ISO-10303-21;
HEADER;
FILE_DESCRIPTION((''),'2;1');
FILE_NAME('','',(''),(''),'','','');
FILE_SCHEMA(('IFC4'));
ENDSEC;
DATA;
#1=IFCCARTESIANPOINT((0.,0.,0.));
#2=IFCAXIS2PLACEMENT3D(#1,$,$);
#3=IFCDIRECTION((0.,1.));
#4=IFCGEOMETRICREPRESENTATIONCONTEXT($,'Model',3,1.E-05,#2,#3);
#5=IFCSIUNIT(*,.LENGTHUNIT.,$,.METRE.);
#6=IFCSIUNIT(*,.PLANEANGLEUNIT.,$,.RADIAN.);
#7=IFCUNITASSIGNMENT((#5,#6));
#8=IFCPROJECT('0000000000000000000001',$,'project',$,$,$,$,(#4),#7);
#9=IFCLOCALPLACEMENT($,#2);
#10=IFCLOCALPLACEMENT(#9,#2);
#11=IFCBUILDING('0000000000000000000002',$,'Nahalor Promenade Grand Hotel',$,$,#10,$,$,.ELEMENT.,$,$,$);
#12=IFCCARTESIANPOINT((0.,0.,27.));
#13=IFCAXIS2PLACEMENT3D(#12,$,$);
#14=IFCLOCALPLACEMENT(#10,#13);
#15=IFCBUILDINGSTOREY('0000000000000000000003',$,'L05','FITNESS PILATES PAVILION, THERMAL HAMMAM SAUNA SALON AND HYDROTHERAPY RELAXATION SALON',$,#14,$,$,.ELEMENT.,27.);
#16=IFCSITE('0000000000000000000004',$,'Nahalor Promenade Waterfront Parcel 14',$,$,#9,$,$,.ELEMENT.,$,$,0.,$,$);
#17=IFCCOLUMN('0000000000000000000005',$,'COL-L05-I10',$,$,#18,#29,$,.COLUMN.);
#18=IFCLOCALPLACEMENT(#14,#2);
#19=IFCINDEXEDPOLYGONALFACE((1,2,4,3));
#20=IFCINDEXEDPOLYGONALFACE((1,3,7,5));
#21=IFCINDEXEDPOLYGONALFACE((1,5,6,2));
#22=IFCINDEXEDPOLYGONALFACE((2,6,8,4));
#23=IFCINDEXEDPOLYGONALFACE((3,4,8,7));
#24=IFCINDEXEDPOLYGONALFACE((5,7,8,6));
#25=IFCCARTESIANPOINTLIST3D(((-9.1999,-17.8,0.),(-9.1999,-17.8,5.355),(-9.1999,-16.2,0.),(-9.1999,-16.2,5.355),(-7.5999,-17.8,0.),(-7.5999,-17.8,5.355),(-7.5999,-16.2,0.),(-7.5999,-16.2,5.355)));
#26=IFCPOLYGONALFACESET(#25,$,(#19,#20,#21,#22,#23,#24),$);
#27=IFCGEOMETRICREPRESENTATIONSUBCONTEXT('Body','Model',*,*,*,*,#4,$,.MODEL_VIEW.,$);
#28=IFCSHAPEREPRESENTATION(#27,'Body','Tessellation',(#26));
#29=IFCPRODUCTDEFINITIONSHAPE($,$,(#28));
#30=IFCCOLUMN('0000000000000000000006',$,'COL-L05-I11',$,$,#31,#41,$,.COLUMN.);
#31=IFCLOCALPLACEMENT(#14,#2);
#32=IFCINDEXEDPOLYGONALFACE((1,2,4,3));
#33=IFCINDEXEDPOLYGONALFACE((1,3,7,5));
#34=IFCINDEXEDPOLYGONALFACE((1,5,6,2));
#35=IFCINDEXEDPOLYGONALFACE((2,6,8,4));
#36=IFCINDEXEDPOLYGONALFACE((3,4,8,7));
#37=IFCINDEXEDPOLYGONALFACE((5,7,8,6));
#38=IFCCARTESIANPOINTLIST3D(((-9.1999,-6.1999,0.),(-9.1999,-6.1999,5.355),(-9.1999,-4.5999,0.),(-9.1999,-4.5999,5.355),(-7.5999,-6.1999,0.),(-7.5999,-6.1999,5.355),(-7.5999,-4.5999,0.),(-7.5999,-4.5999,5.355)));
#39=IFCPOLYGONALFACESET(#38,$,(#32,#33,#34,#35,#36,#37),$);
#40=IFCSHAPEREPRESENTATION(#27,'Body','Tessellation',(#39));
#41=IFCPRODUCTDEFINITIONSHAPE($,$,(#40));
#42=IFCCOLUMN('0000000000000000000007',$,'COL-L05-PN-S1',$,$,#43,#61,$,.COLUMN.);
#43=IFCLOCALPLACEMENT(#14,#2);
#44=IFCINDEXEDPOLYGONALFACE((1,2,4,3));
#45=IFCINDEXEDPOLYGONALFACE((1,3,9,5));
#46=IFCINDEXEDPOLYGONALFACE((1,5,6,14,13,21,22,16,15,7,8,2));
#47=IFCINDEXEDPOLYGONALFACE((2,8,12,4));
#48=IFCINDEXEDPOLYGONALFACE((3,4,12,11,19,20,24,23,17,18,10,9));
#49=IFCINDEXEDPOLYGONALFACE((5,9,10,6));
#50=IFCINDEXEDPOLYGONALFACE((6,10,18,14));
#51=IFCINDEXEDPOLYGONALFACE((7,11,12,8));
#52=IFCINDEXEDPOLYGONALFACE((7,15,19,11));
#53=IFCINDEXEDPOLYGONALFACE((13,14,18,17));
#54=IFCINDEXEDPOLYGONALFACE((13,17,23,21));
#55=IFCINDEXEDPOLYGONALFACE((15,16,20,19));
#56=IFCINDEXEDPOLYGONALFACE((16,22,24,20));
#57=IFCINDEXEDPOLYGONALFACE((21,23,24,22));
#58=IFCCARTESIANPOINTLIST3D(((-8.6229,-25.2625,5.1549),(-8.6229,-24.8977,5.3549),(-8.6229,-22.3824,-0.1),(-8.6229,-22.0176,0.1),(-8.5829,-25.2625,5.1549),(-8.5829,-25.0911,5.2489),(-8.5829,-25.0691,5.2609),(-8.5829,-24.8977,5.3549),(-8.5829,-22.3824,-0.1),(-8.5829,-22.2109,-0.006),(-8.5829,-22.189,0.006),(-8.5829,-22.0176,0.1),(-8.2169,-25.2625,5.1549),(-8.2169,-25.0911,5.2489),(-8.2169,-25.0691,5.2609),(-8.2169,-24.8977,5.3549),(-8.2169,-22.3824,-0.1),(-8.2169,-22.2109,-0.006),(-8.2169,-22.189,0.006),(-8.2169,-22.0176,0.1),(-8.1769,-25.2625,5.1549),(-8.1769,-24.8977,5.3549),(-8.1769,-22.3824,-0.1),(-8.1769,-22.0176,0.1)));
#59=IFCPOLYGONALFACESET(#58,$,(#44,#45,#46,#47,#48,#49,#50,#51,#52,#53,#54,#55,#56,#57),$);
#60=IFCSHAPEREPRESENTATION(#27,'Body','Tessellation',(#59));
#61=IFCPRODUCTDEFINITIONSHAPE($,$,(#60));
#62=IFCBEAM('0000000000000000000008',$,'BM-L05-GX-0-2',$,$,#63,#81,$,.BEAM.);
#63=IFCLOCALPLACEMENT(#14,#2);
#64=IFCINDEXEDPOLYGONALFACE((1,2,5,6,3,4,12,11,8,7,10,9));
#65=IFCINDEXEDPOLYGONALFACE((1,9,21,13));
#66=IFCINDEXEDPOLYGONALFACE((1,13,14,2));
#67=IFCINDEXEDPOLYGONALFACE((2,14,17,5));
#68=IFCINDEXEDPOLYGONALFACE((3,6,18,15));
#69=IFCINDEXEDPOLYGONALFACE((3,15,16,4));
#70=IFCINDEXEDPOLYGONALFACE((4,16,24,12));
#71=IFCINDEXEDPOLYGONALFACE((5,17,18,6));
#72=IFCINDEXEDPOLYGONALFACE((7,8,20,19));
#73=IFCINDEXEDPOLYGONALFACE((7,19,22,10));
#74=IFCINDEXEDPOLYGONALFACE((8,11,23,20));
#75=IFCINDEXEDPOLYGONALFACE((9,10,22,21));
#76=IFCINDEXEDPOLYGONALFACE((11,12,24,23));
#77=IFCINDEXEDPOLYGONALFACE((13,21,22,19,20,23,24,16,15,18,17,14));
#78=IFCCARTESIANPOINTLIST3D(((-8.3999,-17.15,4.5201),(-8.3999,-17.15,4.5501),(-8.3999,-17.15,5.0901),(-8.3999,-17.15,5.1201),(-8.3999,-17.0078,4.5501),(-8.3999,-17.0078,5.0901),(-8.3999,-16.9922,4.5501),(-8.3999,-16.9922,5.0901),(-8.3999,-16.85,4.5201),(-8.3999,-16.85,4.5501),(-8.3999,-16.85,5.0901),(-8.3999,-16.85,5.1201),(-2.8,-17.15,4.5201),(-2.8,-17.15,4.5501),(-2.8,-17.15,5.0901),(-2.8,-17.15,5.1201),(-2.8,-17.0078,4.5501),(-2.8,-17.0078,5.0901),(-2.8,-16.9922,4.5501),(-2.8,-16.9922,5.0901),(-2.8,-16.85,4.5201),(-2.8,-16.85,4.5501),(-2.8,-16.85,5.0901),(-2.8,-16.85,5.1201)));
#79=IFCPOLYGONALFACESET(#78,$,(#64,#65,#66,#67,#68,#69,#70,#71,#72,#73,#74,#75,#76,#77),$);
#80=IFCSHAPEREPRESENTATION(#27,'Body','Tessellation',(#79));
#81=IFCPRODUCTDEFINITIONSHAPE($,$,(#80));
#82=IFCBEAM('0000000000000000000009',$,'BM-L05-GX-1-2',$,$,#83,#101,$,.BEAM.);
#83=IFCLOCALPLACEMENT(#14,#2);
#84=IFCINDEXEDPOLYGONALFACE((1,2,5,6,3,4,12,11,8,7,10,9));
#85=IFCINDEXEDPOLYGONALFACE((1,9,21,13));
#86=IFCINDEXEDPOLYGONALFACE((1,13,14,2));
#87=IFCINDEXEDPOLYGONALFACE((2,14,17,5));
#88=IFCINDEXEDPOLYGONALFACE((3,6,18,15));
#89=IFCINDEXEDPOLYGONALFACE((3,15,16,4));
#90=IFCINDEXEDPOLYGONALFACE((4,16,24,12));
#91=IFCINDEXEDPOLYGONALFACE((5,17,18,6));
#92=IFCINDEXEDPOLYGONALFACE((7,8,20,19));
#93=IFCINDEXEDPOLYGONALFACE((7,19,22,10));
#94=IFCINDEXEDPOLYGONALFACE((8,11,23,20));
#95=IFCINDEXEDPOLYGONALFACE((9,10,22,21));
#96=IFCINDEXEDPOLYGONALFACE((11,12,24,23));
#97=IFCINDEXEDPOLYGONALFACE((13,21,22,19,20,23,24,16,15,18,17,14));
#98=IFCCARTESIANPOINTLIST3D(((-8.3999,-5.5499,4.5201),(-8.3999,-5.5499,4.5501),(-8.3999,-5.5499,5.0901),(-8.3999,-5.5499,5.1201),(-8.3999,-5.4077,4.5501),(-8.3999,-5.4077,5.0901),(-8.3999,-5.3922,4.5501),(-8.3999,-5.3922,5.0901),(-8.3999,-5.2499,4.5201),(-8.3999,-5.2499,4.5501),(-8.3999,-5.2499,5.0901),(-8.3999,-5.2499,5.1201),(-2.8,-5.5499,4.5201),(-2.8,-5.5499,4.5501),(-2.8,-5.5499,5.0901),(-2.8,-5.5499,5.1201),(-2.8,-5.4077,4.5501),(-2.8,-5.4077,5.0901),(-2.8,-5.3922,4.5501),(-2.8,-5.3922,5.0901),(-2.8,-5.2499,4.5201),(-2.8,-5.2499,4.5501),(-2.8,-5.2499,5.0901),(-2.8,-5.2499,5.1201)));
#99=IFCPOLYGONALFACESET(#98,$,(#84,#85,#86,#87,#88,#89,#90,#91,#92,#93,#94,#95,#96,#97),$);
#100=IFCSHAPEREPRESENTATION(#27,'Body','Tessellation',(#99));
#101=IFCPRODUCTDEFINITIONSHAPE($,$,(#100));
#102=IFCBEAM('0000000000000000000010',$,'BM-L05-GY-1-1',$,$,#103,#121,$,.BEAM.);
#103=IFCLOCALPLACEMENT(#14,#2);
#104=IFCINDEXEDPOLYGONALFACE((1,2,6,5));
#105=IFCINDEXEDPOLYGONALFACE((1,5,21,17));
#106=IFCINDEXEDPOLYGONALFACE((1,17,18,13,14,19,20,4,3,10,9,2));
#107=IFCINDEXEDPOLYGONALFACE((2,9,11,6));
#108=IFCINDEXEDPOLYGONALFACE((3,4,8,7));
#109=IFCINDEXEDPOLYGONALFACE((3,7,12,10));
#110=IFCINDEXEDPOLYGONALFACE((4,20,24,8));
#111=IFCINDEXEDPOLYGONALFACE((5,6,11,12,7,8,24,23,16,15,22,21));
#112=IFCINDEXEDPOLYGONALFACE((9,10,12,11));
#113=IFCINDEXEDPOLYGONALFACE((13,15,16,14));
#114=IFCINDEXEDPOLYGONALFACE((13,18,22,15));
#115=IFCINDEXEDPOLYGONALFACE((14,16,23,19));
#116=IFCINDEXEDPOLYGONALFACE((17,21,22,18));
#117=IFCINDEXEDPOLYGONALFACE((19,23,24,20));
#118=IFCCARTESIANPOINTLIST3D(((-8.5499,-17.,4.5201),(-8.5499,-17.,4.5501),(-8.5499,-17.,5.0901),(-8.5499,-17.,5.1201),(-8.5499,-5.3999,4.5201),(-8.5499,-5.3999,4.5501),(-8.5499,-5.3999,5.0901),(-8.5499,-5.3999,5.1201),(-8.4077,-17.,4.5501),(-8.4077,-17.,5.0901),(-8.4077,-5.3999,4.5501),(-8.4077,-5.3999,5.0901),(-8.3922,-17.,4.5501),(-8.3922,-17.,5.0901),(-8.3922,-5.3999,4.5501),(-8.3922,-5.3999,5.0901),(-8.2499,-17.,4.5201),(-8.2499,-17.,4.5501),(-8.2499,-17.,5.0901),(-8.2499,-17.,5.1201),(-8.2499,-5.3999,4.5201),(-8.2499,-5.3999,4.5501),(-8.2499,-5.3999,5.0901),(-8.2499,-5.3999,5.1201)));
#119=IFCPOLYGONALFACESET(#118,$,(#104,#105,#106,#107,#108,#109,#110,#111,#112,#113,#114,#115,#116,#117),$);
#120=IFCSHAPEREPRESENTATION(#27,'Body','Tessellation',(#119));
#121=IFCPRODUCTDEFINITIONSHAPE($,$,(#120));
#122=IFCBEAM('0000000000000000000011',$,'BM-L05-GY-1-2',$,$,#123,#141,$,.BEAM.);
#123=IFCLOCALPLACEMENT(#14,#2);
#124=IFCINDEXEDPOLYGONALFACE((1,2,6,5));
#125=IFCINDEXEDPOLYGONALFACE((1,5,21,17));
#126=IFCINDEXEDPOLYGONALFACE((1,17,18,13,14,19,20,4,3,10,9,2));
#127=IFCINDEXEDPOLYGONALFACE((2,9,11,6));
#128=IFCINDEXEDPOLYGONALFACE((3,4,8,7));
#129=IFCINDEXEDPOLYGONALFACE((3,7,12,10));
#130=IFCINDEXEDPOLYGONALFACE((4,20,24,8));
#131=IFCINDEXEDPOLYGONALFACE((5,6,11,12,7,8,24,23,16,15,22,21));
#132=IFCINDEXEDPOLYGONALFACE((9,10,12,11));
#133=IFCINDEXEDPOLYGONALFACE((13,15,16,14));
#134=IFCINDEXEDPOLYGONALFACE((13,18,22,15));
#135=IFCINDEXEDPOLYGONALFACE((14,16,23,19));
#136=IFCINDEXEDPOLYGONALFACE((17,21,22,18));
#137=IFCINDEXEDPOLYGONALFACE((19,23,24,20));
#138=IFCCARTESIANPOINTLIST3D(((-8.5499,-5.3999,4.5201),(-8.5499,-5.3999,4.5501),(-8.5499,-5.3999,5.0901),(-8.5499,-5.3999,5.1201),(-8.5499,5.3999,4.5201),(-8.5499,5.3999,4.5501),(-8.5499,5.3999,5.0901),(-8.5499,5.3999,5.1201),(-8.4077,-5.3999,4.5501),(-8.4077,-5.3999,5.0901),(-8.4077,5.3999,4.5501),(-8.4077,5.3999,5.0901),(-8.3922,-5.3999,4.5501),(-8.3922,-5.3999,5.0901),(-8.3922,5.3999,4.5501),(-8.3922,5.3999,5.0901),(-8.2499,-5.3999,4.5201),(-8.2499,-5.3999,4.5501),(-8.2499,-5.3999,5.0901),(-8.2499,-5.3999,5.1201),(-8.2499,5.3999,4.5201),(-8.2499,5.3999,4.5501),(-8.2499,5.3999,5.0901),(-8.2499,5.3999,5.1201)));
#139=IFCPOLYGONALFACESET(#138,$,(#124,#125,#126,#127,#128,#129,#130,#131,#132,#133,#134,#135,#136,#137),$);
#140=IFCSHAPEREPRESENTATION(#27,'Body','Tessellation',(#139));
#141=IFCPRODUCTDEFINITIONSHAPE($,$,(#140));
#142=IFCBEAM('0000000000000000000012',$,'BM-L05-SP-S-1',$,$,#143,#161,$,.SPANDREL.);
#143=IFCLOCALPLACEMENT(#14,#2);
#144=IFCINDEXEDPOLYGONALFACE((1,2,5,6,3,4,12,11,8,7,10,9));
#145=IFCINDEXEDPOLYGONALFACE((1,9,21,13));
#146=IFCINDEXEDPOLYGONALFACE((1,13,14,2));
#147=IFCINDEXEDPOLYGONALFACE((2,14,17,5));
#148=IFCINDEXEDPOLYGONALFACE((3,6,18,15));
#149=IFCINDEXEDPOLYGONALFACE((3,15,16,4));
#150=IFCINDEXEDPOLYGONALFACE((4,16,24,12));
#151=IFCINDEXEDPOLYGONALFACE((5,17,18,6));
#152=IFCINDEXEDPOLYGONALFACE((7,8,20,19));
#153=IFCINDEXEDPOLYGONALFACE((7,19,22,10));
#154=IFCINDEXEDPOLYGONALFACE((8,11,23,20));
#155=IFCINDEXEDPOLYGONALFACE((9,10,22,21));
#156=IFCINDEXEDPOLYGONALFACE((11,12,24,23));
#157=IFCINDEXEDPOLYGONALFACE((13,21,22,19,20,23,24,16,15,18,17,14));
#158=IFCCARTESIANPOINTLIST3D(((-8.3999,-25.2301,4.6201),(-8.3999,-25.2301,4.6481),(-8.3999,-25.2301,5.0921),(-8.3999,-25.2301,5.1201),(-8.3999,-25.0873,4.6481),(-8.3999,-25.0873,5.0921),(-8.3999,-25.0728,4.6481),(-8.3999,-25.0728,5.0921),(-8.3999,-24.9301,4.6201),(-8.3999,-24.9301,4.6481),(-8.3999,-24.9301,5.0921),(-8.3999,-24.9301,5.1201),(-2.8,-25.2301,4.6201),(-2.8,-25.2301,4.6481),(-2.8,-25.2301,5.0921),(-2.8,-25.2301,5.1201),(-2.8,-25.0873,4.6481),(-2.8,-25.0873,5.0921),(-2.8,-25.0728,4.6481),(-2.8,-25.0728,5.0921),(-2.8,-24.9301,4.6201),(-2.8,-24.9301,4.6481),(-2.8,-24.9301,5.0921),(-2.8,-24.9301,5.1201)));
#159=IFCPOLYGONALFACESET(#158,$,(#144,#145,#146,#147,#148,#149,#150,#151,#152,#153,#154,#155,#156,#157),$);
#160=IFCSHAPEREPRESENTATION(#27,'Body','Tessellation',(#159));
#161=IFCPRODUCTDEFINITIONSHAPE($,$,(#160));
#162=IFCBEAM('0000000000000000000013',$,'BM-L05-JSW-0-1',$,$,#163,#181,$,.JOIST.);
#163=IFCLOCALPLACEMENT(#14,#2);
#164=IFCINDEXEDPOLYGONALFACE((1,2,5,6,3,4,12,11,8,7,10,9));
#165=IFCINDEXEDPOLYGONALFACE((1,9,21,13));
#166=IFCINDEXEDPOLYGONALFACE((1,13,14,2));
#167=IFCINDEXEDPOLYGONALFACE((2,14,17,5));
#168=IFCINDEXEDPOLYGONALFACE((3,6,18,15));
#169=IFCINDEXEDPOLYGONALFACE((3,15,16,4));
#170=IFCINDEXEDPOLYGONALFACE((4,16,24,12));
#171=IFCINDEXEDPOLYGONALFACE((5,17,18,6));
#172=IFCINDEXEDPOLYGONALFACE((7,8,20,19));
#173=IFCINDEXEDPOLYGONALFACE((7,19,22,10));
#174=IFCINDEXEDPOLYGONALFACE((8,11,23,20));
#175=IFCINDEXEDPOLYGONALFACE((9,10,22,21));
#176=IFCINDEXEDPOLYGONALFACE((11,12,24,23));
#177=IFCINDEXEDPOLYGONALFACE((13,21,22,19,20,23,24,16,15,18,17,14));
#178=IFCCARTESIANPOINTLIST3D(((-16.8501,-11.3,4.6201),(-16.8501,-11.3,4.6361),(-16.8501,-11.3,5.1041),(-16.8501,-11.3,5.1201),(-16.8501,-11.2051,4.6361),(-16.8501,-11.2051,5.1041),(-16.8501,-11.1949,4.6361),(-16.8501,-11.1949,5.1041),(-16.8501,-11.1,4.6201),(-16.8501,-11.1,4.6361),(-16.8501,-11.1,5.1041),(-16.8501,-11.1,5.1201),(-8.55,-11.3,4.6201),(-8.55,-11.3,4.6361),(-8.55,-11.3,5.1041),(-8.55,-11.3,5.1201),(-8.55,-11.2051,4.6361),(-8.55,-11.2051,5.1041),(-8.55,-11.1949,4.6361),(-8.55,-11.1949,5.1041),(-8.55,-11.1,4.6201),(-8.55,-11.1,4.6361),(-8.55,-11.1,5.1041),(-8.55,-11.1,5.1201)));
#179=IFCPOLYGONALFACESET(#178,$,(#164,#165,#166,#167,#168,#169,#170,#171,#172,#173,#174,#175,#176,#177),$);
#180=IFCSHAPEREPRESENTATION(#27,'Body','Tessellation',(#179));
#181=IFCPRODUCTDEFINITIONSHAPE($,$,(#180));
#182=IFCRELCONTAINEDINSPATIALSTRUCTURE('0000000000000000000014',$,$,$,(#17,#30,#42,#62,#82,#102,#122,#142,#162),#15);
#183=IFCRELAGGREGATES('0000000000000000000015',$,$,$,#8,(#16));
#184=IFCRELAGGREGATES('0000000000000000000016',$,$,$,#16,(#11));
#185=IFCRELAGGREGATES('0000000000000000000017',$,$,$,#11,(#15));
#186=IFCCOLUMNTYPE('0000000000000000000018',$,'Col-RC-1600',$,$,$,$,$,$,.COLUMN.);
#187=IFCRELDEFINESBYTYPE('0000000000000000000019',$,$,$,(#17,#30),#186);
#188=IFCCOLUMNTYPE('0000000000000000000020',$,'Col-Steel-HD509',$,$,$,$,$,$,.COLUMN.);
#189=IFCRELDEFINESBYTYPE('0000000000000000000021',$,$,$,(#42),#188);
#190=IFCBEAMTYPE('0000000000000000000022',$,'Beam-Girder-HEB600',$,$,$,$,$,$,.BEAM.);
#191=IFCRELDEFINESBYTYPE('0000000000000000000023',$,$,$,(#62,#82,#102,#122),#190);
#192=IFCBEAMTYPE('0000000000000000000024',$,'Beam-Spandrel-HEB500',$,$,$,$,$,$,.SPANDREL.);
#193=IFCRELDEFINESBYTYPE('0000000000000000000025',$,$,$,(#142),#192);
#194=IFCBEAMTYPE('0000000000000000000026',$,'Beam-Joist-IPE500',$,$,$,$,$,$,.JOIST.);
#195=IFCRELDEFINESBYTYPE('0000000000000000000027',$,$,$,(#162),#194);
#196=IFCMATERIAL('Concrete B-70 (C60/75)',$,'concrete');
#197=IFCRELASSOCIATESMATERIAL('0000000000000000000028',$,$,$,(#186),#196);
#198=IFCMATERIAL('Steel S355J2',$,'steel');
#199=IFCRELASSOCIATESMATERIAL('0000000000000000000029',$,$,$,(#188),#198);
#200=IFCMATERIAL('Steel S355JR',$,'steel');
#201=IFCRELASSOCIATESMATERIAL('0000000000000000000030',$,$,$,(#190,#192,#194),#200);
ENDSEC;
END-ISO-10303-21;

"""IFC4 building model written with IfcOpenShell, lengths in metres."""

from ifc_helpers import new_model, si_unit, direction, frame, origin, origin_2d, place, context, subcontext, project, spatial, rectangle, i_section, extrude, source, transform, mapped, material, material_profile, profile_set, type_object, element, save


model = new_model("IFC4")

# Units and contexts
model_context = context("Model", 3, precision=1e-05, world=origin(), true_north=direction((0.0, 1.0)))
body_context = subcontext(model_context, "Body", "Model", "MODEL_VIEW")
ifc_project = project(units=[si_unit("LENGTHUNIT", "METRE"), si_unit("PLANEANGLEUNIT", "RADIAN")], contexts=[model_context])

# Site, building, storey
site_placement = place(None, origin())
site = spatial("IfcSite", under=ifc_project, at=site_placement, Name="Nahalor Promenade Waterfront Parcel 14", CompositionType="ELEMENT", RefElevation=0.0)
building_placement = place(site_placement, origin())
building = spatial("IfcBuilding", under=site, at=building_placement, Name="Nahalor Promenade Grand Hotel", CompositionType="ELEMENT")
storey_placement = place(building_placement, frame((0.0, 0.0, 27.0)))
storey = spatial("IfcBuildingStorey", under=building, at=storey_placement, Name="L05", Description="FITNESS PILATES PAVILION, THERMAL HAMMAM SAUNA SALON AND HYDROTHERAPY RELAXATION SALON", CompositionType="ELEMENT", Elevation=27.0)

# Columns
ifc_material_1 = material(Name="Concrete B-70 (C60/75)", Category="concrete")
ifc_material_profile_1 = material_profile(ifc_material_1, rectangle(XDim=1.6, YDim=1.6, at=origin_2d()), Name="RC 1600x1600")
ifc_profile_set_1 = profile_set([ifc_material_profile_1], Name="Concrete B-70 (C60/75)")
column_type_1 = type_object("IfcColumnType", Name="Col-RC-1600", PredefinedType="COLUMN", material=ifc_profile_set_1)
shared_shape_1 = source(origin(), body_context, "Body", "SweptSolid", [
    extrude(rectangle(XDim=1.6, YDim=1.6, at=origin_2d()), origin(), (0.0, 0.0, 1.0), 5.355),
])
for number, where, z_axis, x_axis, name in (
    (1, (-8.3999, -17.0, 0.0), (0.0, 0.0, 1.0), (1.0, 0.0, 0.0), "COL-L05-I10"),
    (2, (-8.3999, -5.3999, 0.0), (0.0, 0.0, 1.0), (1.0, 0.0, 0.0), "COL-L05-I11"),
):
    element("IfcColumn", number, at=place(storey_placement, frame(where, z_axis=z_axis, x_axis=x_axis)), inside=storey, type_object=column_type_1, Name=name, PredefinedType="COLUMN", context=body_context, shape_type="MappedRepresentation", body=[
        mapped(shared_shape_1, transform((0.0, 0.0, 0.0), scale=1.0)),
    ])
ifc_material_2 = material(Name="Steel S355J2", Category="steel")
ifc_material_profile_2 = material_profile(ifc_material_2, i_section(OverallWidth=0.416, OverallDepth=0.446, WebThickness=0.025, FlangeThickness=0.04, at=origin_2d()), Name="HD 400x509")
ifc_profile_set_2 = profile_set([ifc_material_profile_2], Name="Steel S355J2")
column_type_2 = type_object("IfcColumnType", Name="Col-Steel-HD509", PredefinedType="COLUMN", material=ifc_profile_set_2)
shared_shape_2 = source(origin(), body_context, "Body", "SweptSolid", [
    extrude(i_section(OverallWidth=0.416, OverallDepth=0.446, WebThickness=0.025, FlangeThickness=0.04, at=origin_2d()), origin(), (0.0, 0.0, 1.0), 5.9924),
])
column_placement = place(storey_placement, frame((-8.3999, -22.2, 0.0), z_axis=(0.0, -0.48063, 0.876924), x_axis=(0.0, 0.876924, 0.48063)))
element("IfcColumn", 3, at=column_placement, inside=storey, type_object=column_type_2, Name="COL-L05-PN-S1", PredefinedType="COLUMN", context=body_context, shape_type="MappedRepresentation", body=[
    mapped(shared_shape_2, transform((0.0, 0.0, 0.0), scale=1.0)),
])

# Beams
ifc_material_3 = material(Name="Steel S355JR", Category="steel")
ifc_material_profile_3 = material_profile(ifc_material_3, i_section(OverallWidth=0.3, OverallDepth=0.6, WebThickness=0.0155, FlangeThickness=0.03, at=origin_2d()), Name="HEB 600")
ifc_profile_set_3 = profile_set([ifc_material_profile_3], Name="Steel S355JR")
beam_type_1 = type_object("IfcBeamType", Name="Beam-Girder-HEB600", PredefinedType="BEAM", material=ifc_profile_set_3)
shared_shape_3 = source(origin(), body_context, "Body", "SweptSolid", [
    extrude(i_section(OverallWidth=0.3, OverallDepth=0.6, WebThickness=0.0155, FlangeThickness=0.03, at=origin_2d()), origin(), (0.0, 0.0, 1.0), 5.5999),
])
for number, where, z_axis, x_axis, name in (
    (4, (-8.3999, -17.0, 4.8201), (1.0, 0.0, 0.0), (0.0, 1.0, 0.0), "BM-L05-GX-0-2"),
    (5, (-8.3999, -5.3999, 4.8201), (1.0, 0.0, 0.0), (0.0, 1.0, 0.0), "BM-L05-GX-1-2"),
):
    element("IfcBeam", number, at=place(storey_placement, frame(where, z_axis=z_axis, x_axis=x_axis)), inside=storey, type_object=beam_type_1, Name=name, PredefinedType="BEAM", context=body_context, shape_type="MappedRepresentation", body=[
        mapped(shared_shape_3, transform((0.0, 0.0, 0.0), scale=1.0)),
    ])
shared_shape_4 = source(origin(), body_context, "Body", "SweptSolid", [
    extrude(i_section(OverallWidth=0.3, OverallDepth=0.6, WebThickness=0.0155, FlangeThickness=0.03, at=origin_2d()), origin(), (0.0, 0.0, 1.0), 11.6001),
])
beam_1_placement = place(storey_placement, frame((-8.3999, -17.0, 4.8201), z_axis=(0.0, 1.0, 0.0), x_axis=(-1.0, 0.0, 0.0)))
element("IfcBeam", 6, at=beam_1_placement, inside=storey, type_object=beam_type_1, Name="BM-L05-GY-1-1", PredefinedType="BEAM", context=body_context, shape_type="MappedRepresentation", body=[
    mapped(shared_shape_4, transform((0.0, 0.0, 0.0), scale=1.0)),
])
shared_shape_5 = source(origin(), body_context, "Body", "SweptSolid", [
    extrude(i_section(OverallWidth=0.3, OverallDepth=0.6, WebThickness=0.0155, FlangeThickness=0.03, at=origin_2d()), origin(), (0.0, 0.0, 1.0), 10.7998),
])
beam_2_placement = place(storey_placement, frame((-8.3999, -5.3999, 4.8201), z_axis=(0.0, 1.0, 0.0), x_axis=(-1.0, 0.0, 0.0)))
element("IfcBeam", 7, at=beam_2_placement, inside=storey, type_object=beam_type_1, Name="BM-L05-GY-1-2", PredefinedType="BEAM", context=body_context, shape_type="MappedRepresentation", body=[
    mapped(shared_shape_5, transform((0.0, 0.0, 0.0), scale=1.0)),
])
ifc_material_profile_4 = material_profile(ifc_material_3, i_section(OverallWidth=0.3, OverallDepth=0.5, WebThickness=0.0145, FlangeThickness=0.028, at=origin_2d()), Name="HEB 500")
ifc_profile_set_4 = profile_set([ifc_material_profile_4], Name="Steel S355JR")
beam_type_2 = type_object("IfcBeamType", Name="Beam-Spandrel-HEB500", PredefinedType="SPANDREL", material=ifc_profile_set_4)
shared_shape_6 = source(origin(), body_context, "Body", "SweptSolid", [
    extrude(i_section(OverallWidth=0.3, OverallDepth=0.5, WebThickness=0.0145, FlangeThickness=0.028, at=origin_2d()), origin(), (0.0, 0.0, 1.0), 5.5999),
])
beam_3_placement = place(storey_placement, frame((-8.3999, -25.0801, 4.8701), z_axis=(1.0, 0.0, 0.0), x_axis=(0.0, 1.0, 0.0)))
element("IfcBeam", 8, at=beam_3_placement, inside=storey, type_object=beam_type_2, Name="BM-L05-SP-S-1", PredefinedType="SPANDREL", context=body_context, shape_type="MappedRepresentation", body=[
    mapped(shared_shape_6, transform((0.0, 0.0, 0.0), scale=1.0)),
])
ifc_material_profile_5 = material_profile(ifc_material_3, i_section(OverallWidth=0.2, OverallDepth=0.5, WebThickness=0.0102, FlangeThickness=0.016, at=origin_2d()), Name="IPE 500")
ifc_profile_set_5 = profile_set([ifc_material_profile_5], Name="Steel S355JR")
beam_type_3 = type_object("IfcBeamType", Name="Beam-Joist-IPE500", PredefinedType="JOIST", material=ifc_profile_set_5)
shared_shape_7 = source(origin(), body_context, "Body", "SweptSolid", [
    extrude(i_section(OverallWidth=0.2, OverallDepth=0.5, WebThickness=0.0102, FlangeThickness=0.016, at=origin_2d()), origin(), (0.0, 0.0, 1.0), 8.3),
])
beam_4_placement = place(storey_placement, frame((-16.8501, -11.2, 4.8701), z_axis=(1.0, 0.0, 0.0), x_axis=(0.0, 1.0, 0.0)))
element("IfcBeam", 9, at=beam_4_placement, inside=storey, type_object=beam_type_3, Name="BM-L05-JSW-0-1", PredefinedType="JOIST", context=body_context, shape_type="MappedRepresentation", body=[
    mapped(shared_shape_7, transform((0.0, 0.0, 0.0), scale=1.0)),
])

save(model, "model.ifc")
